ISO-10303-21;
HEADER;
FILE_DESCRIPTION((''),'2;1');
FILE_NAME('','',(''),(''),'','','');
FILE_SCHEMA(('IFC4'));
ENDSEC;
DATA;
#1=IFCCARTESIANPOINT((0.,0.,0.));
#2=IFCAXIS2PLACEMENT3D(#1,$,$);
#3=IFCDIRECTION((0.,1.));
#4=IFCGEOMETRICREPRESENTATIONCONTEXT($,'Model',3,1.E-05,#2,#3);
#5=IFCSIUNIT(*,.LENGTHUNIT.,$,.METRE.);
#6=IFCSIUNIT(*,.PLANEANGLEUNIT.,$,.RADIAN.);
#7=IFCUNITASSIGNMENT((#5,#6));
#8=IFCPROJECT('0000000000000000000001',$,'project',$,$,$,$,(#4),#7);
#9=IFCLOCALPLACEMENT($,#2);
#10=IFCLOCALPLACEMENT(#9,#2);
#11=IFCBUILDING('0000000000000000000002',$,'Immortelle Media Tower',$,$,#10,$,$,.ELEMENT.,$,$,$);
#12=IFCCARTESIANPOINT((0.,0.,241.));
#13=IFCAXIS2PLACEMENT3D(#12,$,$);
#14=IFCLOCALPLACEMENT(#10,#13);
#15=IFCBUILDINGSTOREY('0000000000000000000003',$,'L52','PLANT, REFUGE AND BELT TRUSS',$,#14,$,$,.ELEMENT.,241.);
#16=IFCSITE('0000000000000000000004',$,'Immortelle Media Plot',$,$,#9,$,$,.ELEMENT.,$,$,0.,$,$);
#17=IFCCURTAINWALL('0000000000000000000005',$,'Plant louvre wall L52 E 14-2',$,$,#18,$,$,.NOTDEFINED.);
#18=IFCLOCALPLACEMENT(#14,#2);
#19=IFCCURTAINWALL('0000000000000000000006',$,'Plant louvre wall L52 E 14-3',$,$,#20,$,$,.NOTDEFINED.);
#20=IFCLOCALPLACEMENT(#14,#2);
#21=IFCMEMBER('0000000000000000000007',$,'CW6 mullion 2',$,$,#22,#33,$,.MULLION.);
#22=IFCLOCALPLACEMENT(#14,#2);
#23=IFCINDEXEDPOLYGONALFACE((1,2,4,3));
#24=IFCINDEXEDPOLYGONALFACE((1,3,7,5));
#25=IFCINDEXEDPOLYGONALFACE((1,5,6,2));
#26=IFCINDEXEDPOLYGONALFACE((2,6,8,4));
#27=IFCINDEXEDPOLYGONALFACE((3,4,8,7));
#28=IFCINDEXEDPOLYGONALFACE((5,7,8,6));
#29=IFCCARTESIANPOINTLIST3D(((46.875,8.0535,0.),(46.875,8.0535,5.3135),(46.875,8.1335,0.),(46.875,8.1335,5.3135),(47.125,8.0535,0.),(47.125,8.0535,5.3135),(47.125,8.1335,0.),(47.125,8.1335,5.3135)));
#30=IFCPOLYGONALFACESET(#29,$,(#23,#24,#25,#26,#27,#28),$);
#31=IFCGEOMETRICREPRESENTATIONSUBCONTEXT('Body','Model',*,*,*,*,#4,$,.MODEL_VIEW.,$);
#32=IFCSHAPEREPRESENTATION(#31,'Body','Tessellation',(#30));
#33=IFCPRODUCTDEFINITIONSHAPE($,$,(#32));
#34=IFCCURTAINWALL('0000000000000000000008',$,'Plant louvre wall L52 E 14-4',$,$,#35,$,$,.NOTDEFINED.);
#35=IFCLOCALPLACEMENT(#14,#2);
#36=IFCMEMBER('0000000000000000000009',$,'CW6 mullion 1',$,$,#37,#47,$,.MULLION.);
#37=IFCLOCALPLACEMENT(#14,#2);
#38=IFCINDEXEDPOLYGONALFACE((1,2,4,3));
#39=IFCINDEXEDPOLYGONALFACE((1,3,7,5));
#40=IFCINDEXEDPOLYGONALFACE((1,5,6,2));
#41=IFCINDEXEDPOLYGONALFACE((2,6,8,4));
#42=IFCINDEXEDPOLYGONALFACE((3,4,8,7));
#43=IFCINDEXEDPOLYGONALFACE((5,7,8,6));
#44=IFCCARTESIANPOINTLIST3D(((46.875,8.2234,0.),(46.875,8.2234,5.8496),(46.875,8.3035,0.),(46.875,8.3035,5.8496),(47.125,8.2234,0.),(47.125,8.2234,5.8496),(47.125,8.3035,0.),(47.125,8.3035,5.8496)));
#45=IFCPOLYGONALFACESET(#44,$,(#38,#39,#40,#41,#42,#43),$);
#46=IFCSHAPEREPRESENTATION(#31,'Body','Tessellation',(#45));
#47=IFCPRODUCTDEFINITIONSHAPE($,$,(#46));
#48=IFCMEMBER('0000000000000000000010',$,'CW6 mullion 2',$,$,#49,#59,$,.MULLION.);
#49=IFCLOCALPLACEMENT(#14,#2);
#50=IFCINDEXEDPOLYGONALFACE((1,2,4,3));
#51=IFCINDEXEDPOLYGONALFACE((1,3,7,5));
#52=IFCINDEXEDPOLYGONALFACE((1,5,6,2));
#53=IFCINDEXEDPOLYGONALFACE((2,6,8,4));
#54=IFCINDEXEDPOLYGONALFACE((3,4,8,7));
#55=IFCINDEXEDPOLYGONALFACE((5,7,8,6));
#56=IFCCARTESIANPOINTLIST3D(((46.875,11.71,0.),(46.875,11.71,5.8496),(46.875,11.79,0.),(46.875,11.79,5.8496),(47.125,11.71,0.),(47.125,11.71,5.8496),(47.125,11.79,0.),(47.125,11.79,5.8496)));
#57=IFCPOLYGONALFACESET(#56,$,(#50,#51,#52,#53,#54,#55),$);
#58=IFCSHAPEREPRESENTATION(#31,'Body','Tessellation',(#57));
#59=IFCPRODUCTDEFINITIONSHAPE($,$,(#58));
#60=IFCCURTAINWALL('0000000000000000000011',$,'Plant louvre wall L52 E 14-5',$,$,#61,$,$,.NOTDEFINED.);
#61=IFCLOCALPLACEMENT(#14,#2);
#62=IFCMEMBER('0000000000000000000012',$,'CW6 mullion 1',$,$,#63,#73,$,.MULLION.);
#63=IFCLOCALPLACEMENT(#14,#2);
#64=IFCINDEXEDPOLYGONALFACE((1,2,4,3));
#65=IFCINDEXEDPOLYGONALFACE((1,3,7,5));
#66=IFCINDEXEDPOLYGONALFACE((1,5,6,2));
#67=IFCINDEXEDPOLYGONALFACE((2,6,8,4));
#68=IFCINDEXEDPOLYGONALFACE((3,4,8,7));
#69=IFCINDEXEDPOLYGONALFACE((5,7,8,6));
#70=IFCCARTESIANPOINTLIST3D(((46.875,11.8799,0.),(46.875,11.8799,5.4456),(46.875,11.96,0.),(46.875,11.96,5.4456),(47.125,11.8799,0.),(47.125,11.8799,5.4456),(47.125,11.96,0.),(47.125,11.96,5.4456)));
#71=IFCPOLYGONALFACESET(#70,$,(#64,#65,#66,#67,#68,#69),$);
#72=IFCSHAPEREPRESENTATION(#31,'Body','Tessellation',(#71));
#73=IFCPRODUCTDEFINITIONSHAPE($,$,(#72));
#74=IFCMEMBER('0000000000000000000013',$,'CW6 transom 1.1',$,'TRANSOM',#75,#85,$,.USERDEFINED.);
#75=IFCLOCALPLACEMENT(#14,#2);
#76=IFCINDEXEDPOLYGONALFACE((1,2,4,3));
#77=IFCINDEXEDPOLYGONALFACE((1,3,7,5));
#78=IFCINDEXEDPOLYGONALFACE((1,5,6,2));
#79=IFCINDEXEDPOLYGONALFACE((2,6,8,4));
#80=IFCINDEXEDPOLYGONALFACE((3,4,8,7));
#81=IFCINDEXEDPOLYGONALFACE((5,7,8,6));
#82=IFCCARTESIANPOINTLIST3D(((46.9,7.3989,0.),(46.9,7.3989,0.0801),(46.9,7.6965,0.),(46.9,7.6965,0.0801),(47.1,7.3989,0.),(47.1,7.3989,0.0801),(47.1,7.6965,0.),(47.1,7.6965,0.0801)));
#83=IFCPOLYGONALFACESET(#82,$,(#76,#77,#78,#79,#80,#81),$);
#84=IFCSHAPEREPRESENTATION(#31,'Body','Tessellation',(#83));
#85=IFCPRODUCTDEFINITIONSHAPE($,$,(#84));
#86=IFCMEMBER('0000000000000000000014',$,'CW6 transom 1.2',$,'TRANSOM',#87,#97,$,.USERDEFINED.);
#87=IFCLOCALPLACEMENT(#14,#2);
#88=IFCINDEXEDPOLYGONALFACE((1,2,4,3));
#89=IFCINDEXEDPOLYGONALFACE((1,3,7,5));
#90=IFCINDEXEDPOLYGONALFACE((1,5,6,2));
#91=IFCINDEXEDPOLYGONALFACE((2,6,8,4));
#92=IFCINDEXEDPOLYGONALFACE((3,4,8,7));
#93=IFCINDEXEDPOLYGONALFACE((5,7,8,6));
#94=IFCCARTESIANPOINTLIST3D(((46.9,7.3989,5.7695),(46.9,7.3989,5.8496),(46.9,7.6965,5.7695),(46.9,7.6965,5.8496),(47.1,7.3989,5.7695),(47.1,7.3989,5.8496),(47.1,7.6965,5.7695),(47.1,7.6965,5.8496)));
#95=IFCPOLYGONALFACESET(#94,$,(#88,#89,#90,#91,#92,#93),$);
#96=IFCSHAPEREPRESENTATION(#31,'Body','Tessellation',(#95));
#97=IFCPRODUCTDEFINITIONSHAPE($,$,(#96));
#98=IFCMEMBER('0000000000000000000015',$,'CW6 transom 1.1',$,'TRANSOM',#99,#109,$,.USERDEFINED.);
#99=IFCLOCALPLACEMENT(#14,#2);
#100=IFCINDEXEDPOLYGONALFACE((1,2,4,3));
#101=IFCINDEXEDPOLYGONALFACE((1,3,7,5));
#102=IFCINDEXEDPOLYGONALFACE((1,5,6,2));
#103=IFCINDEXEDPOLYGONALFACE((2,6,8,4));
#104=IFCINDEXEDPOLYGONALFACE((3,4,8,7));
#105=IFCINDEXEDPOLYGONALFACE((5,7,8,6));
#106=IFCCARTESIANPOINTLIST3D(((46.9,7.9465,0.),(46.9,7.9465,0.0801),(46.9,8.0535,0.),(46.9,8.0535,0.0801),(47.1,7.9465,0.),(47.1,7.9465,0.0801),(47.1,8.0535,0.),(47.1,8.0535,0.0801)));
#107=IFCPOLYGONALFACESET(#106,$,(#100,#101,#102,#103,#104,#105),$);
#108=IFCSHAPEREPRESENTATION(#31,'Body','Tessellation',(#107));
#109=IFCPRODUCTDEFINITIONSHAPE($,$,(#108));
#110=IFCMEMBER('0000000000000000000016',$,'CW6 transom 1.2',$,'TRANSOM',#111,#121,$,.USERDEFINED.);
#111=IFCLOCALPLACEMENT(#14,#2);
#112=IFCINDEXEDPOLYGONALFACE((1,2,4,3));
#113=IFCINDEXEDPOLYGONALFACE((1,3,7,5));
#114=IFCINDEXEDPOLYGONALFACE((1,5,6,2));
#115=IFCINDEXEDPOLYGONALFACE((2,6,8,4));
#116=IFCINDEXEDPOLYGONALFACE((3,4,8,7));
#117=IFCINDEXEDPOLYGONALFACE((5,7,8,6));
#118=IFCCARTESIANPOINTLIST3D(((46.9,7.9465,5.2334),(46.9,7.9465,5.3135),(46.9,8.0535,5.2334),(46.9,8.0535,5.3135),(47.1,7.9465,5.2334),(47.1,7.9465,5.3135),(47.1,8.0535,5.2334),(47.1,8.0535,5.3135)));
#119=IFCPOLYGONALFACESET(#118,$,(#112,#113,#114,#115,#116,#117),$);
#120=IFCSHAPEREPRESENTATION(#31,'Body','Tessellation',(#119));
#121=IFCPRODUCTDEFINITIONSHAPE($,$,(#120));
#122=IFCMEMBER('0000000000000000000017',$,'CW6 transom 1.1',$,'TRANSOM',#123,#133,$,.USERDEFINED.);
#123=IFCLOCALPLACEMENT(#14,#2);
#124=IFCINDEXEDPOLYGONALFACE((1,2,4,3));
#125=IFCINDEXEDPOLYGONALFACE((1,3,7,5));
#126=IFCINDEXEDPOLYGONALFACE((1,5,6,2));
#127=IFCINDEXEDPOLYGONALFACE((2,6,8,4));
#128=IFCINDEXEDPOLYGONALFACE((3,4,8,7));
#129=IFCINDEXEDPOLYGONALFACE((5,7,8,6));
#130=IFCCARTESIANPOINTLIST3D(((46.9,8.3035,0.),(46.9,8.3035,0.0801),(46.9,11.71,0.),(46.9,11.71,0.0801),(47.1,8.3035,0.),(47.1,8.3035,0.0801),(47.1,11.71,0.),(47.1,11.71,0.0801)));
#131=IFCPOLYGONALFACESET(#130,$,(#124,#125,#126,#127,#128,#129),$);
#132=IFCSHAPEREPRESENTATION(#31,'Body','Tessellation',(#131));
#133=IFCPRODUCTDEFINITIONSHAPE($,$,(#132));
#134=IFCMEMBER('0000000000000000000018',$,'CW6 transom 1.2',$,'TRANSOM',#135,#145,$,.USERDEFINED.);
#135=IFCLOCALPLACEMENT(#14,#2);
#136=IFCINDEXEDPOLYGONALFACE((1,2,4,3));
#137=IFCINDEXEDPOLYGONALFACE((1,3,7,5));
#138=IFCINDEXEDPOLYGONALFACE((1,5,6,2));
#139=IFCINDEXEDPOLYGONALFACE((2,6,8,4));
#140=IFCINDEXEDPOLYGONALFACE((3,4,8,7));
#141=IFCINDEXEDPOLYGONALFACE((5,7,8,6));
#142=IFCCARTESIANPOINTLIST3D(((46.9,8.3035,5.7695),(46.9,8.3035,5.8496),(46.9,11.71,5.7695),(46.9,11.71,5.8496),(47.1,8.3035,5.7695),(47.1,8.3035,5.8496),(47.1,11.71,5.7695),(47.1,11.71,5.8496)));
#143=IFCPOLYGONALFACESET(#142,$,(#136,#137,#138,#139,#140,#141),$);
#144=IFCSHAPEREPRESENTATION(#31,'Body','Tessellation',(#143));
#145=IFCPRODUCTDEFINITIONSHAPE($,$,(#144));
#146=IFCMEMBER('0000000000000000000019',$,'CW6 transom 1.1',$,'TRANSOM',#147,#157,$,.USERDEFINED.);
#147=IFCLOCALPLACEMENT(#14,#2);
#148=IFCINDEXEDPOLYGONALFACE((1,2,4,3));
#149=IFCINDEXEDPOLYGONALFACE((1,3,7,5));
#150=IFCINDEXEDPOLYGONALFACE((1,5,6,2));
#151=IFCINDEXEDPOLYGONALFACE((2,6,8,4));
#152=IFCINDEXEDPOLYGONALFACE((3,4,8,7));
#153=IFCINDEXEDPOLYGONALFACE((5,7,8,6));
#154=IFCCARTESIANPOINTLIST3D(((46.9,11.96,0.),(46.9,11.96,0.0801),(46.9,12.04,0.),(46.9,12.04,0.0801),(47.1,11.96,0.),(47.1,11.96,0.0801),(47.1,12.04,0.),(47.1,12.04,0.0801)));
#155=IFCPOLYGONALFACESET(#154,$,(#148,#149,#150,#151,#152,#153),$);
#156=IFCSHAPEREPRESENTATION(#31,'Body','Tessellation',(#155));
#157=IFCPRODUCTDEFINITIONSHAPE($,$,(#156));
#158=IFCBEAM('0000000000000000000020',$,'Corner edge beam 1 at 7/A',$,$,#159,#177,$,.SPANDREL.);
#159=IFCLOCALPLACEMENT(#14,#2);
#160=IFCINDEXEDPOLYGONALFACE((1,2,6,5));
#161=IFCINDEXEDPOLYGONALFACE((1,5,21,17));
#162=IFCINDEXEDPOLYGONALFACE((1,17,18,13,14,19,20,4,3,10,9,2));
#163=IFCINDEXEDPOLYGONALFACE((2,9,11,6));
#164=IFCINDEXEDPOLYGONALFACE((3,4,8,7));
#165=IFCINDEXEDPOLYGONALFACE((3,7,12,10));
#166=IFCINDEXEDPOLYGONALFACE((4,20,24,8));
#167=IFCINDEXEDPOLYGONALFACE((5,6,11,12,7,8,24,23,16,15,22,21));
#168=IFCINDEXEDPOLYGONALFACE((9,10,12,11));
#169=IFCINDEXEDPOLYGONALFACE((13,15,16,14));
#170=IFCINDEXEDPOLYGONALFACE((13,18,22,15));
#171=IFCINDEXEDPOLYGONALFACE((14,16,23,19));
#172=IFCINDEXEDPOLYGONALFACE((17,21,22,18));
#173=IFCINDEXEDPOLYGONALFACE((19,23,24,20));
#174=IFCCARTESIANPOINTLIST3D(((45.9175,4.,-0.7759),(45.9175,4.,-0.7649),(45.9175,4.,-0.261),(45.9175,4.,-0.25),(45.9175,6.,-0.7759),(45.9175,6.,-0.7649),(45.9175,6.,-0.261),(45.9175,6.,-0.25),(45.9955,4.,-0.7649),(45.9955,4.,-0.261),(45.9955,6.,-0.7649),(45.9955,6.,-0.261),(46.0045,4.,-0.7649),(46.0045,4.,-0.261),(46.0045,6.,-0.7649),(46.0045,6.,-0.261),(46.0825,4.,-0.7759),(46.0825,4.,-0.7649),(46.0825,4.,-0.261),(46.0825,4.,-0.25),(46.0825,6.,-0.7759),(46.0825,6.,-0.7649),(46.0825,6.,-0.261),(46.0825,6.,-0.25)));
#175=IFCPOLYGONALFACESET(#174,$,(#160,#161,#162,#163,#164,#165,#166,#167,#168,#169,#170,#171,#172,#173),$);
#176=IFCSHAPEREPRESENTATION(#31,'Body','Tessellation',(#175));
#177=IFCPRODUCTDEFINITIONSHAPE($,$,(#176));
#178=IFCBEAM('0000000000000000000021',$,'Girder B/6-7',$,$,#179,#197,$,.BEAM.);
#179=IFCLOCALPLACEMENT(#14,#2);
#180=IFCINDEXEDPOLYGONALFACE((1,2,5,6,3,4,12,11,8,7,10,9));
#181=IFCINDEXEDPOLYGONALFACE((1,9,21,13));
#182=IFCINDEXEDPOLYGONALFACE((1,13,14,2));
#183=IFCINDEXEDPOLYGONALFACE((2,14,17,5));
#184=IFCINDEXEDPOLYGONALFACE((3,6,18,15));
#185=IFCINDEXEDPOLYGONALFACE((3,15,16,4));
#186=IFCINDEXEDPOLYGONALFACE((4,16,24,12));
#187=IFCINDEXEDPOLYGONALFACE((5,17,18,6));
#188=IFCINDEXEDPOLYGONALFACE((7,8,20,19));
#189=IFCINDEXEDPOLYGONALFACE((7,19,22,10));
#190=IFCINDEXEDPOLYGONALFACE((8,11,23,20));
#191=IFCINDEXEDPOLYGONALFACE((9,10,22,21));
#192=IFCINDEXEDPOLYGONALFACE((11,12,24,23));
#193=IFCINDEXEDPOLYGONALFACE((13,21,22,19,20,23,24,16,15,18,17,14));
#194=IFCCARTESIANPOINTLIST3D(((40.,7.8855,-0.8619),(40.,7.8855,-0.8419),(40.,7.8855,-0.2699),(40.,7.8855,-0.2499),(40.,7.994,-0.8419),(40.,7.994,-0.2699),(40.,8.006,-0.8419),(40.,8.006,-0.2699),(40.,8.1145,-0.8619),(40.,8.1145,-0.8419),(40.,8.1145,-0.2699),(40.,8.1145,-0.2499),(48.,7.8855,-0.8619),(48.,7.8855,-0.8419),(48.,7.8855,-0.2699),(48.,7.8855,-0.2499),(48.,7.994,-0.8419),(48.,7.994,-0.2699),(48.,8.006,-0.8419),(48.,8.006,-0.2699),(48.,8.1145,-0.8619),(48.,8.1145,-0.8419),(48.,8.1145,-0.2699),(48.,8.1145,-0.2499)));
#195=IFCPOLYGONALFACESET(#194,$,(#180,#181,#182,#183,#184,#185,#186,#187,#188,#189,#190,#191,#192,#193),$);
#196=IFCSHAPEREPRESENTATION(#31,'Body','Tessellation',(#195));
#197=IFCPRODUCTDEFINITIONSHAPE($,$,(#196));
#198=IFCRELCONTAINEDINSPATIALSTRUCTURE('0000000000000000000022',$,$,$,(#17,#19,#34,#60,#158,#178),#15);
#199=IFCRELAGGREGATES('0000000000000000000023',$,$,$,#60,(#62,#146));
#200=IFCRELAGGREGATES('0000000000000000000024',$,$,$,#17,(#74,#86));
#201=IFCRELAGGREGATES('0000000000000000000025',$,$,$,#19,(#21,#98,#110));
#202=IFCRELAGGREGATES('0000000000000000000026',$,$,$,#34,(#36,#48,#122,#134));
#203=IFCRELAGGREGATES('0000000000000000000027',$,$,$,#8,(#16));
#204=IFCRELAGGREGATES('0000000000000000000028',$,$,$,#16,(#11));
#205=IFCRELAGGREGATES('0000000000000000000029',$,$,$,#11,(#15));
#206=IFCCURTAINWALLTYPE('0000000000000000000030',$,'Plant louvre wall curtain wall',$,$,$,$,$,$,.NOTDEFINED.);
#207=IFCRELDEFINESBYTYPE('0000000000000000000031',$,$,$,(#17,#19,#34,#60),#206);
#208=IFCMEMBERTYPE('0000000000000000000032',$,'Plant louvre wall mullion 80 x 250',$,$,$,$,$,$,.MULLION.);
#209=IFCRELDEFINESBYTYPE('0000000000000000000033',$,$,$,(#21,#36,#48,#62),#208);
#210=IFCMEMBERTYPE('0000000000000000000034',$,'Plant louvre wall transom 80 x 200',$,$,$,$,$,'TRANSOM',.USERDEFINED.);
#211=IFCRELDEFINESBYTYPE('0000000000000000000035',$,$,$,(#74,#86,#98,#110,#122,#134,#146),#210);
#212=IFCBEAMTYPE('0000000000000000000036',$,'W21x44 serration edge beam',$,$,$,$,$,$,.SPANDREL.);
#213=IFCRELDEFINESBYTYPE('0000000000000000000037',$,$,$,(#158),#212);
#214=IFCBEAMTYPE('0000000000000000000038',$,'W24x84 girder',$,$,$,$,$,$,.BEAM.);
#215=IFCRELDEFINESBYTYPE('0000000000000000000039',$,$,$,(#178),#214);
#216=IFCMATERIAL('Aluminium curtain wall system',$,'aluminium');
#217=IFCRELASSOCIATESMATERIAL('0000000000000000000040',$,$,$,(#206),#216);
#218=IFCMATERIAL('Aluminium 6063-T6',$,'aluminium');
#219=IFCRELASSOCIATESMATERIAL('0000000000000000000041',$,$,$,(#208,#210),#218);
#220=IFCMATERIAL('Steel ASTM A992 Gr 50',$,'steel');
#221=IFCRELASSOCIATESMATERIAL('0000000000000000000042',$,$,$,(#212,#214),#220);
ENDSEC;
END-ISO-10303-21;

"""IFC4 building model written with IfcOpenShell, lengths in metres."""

from ifc_helpers import new_model, si_unit, direction, frame, origin, origin_2d, place, context, subcontext, project, spatial, rectangle, i_section, extrude, material, material_profile, profile_set, type_object, element, aggregate, save


model = new_model("IFC4")

# Units and contexts
model_context = context("Model", 3, precision=1e-05, world=origin(), true_north=direction((0.0, 1.0)))
body_context = subcontext(model_context, "Body", "Model", "MODEL_VIEW")
ifc_project = project(units=[si_unit("LENGTHUNIT", "METRE"), si_unit("PLANEANGLEUNIT", "RADIAN")], contexts=[model_context])

# Site, building, storey
site_placement = place(None, origin())
site = spatial("IfcSite", under=ifc_project, at=site_placement, Name="Immortelle Media Plot", CompositionType="ELEMENT", RefElevation=0.0)
building_placement = place(site_placement, origin())
building = spatial("IfcBuilding", under=site, at=building_placement, Name="Immortelle Media Tower", CompositionType="ELEMENT")
storey_placement = place(building_placement, frame((0.0, 0.0, 241.0)))
storey = spatial("IfcBuildingStorey", under=building, at=storey_placement, Name="L52", Description="PLANT, REFUGE AND BELT TRUSS", CompositionType="ELEMENT", Elevation=241.0)

# Shared definitions
ifc_material_1 = material(Name="Steel ASTM A992 Gr 50", Category="steel")

# Curtain walls, members
ifc_material_2 = material(Name="Aluminium curtain wall system", Category="aluminium")
curtain_wall_type = type_object("IfcCurtainWallType", Name="Plant louvre wall curtain wall", PredefinedType="NOTDEFINED", material=ifc_material_2)
curtain_wall_1_placement = place(storey_placement, origin())
curtain_wall_1 = element("IfcCurtainWall", 1, at=curtain_wall_1_placement, inside=storey, type_object=curtain_wall_type, Name="Plant louvre wall L52 E 14-2", PredefinedType="NOTDEFINED")
ifc_material_3 = material(Name="Aluminium 6063-T6", Category="aluminium")
ifc_material_profile_1 = material_profile(ifc_material_3, rectangle(XDim=0.25, YDim=0.0801, at=origin_2d()), Name="AL 80x250")
ifc_profile_set_1 = profile_set([ifc_material_profile_1], Name="Aluminium 6063-T6")
member_type_1 = type_object("IfcMemberType", Name="Plant louvre wall mullion 80 x 250", PredefinedType="MULLION", material=ifc_profile_set_1)
curtain_wall_2_placement = place(storey_placement, origin())
curtain_wall_2 = element("IfcCurtainWall", 2, at=curtain_wall_2_placement, inside=storey, type_object=curtain_wall_type, Name="Plant louvre wall L52 E 14-3", PredefinedType="NOTDEFINED")
member_1_placement = place(storey_placement, frame((47.0, 8.0935, 0.0), z_axis=(0.0, 0.0, 1.0), x_axis=(-1.0, 0.0, 0.0)))
member_1 = element("IfcMember", 3, at=member_1_placement, type_object=member_type_1, Name="CW6 mullion 2", PredefinedType="MULLION", context=body_context, shape_type="SweptSolid", body=[
    extrude(rectangle(XDim=0.25, YDim=0.0801, at=origin_2d()), origin(), (0.0, 0.0, 1.0), 5.3135),
])
curtain_wall_3_placement = place(storey_placement, origin())
curtain_wall_3 = element("IfcCurtainWall", 4, at=curtain_wall_3_placement, inside=storey, type_object=curtain_wall_type, Name="Plant louvre wall L52 E 14-4", PredefinedType="NOTDEFINED")
member_2_placement = place(storey_placement, frame((47.0, 8.2634, 0.0), z_axis=(0.0, 0.0, 1.0), x_axis=(-1.0, 0.0, 0.0)))
member_2 = element("IfcMember", 5, at=member_2_placement, type_object=member_type_1, Name="CW6 mullion 1", PredefinedType="MULLION", context=body_context, shape_type="SweptSolid", body=[
    extrude(rectangle(XDim=0.25, YDim=0.0801, at=origin_2d()), origin(), (0.0, 0.0, 1.0), 5.8496),
])
member_3_placement = place(storey_placement, frame((47.0, 11.75, 0.0), z_axis=(0.0, 0.0, 1.0), x_axis=(-1.0, 0.0, 0.0)))
member_3 = element("IfcMember", 6, at=member_3_placement, type_object=member_type_1, Name="CW6 mullion 2", PredefinedType="MULLION", context=body_context, shape_type="SweptSolid", body=[
    extrude(rectangle(XDim=0.25, YDim=0.0801, at=origin_2d()), origin(), (0.0, 0.0, 1.0), 5.8496),
])

# Curtain wall, member
curtain_wall_4_placement = place(storey_placement, origin())
curtain_wall_4 = element("IfcCurtainWall", 7, at=curtain_wall_4_placement, inside=storey, type_object=curtain_wall_type, Name="Plant louvre wall L52 E 14-5", PredefinedType="NOTDEFINED")
member_4_placement = place(storey_placement, frame((47.0, 11.9199, 0.0), z_axis=(0.0, 0.0, 1.0), x_axis=(-1.0, 0.0, 0.0)))
member_4 = element("IfcMember", 8, at=member_4_placement, type_object=member_type_1, Name="CW6 mullion 1", PredefinedType="MULLION", context=body_context, shape_type="SweptSolid", body=[
    extrude(rectangle(XDim=0.25, YDim=0.0801, at=origin_2d()), origin(), (0.0, 0.0, 1.0), 5.4456),
])

# Members
ifc_material_profile_2 = material_profile(ifc_material_3, rectangle(XDim=0.2, YDim=0.0801, at=origin_2d()), Name="AL 80x200")
ifc_profile_set_2 = profile_set([ifc_material_profile_2], Name="Aluminium 6063-T6")
member_type_2 = type_object("IfcMemberType", Name="Plant louvre wall transom 80 x 200", ElementType="TRANSOM", PredefinedType="USERDEFINED", material=ifc_profile_set_2)
member_5_placement = place(storey_placement, frame((47.0, 7.3989, 0.04), z_axis=(0.0, 1.0, 0.0), x_axis=(-1.0, 0.0, 0.0)))
member_5 = element("IfcMember", 9, at=member_5_placement, type_object=member_type_2, Name="CW6 transom 1.1", ObjectType="TRANSOM", PredefinedType="USERDEFINED", context=body_context, shape_type="SweptSolid", body=[
    extrude(rectangle(XDim=0.2, YDim=0.0801, at=origin_2d()), origin(), (0.0, 0.0, 1.0), 0.2976),
])
member_6_placement = place(storey_placement, frame((47.0, 7.3989, 5.8096), z_axis=(0.0, 1.0, 0.0), x_axis=(-1.0, 0.0, 0.0)))
member_6 = element("IfcMember", 10, at=member_6_placement, type_object=member_type_2, Name="CW6 transom 1.2", ObjectType="TRANSOM", PredefinedType="USERDEFINED", context=body_context, shape_type="SweptSolid", body=[
    extrude(rectangle(XDim=0.2, YDim=0.0801, at=origin_2d()), origin(), (0.0, 0.0, 1.0), 0.2976),
])
member_7_placement = place(storey_placement, frame((47.0, 7.9465, 0.04), z_axis=(0.0, 1.0, 0.0), x_axis=(-1.0, 0.0, 0.0)))
member_7 = element("IfcMember", 11, at=member_7_placement, type_object=member_type_2, Name="CW6 transom 1.1", ObjectType="TRANSOM", PredefinedType="USERDEFINED", context=body_context, shape_type="SweptSolid", body=[
    extrude(rectangle(XDim=0.2, YDim=0.0801, at=origin_2d()), origin(), (0.0, 0.0, 1.0), 0.1069),
])
member_8_placement = place(storey_placement, frame((47.0, 7.9465, 5.2734), z_axis=(0.0, 1.0, 0.0), x_axis=(-1.0, 0.0, 0.0)))
member_8 = element("IfcMember", 12, at=member_8_placement, type_object=member_type_2, Name="CW6 transom 1.2", ObjectType="TRANSOM", PredefinedType="USERDEFINED", context=body_context, shape_type="SweptSolid", body=[
    extrude(rectangle(XDim=0.2, YDim=0.0801, at=origin_2d()), origin(), (0.0, 0.0, 1.0), 0.1069),
])
member_9_placement = place(storey_placement, frame((47.0, 8.3035, 0.04), z_axis=(0.0, 1.0, 0.0), x_axis=(-1.0, 0.0, 0.0)))
member_9 = element("IfcMember", 13, at=member_9_placement, type_object=member_type_2, Name="CW6 transom 1.1", ObjectType="TRANSOM", PredefinedType="USERDEFINED", context=body_context, shape_type="SweptSolid", body=[
    extrude(rectangle(XDim=0.2, YDim=0.0801, at=origin_2d()), origin(), (0.0, 0.0, 1.0), 3.4065),
])
member_10_placement = place(storey_placement, frame((47.0, 8.3035, 5.8096), z_axis=(0.0, 1.0, 0.0), x_axis=(-1.0, 0.0, 0.0)))
member_10 = element("IfcMember", 14, at=member_10_placement, type_object=member_type_2, Name="CW6 transom 1.2", ObjectType="TRANSOM", PredefinedType="USERDEFINED", context=body_context, shape_type="SweptSolid", body=[
    extrude(rectangle(XDim=0.2, YDim=0.0801, at=origin_2d()), origin(), (0.0, 0.0, 1.0), 3.4065),
])
member_11_placement = place(storey_placement, frame((47.0, 11.96, 0.04), z_axis=(0.0, 1.0, 0.0), x_axis=(-1.0, 0.0, 0.0)))
member_11 = element("IfcMember", 15, at=member_11_placement, type_object=member_type_2, Name="CW6 transom 1.1", ObjectType="TRANSOM", PredefinedType="USERDEFINED", context=body_context, shape_type="SweptSolid", body=[
    extrude(rectangle(XDim=0.2, YDim=0.0801, at=origin_2d()), origin(), (0.0, 0.0, 1.0), 0.0801),
])
aggregate(curtain_wall_4, [member_4, member_11])

# Beams
ifc_material_profile_3 = material_profile(ifc_material_1, i_section(OverallWidth=0.165, OverallDepth=0.5259, WebThickness=0.009, FlangeThickness=0.011, at=origin_2d()), Name="W21x44")
ifc_profile_set_3 = profile_set([ifc_material_profile_3], Name="Steel ASTM A992 Gr 50")
beam_type_1 = type_object("IfcBeamType", Name="W21x44 serration edge beam", PredefinedType="SPANDREL", material=ifc_profile_set_3)
beam_1_placement = place(storey_placement, frame((46.0, 6.0, -0.5129), z_axis=(0.0, -1.0, 0.0), x_axis=(1.0, 0.0, 0.0)))
element("IfcBeam", 16, at=beam_1_placement, inside=storey, type_object=beam_type_1, Name="Corner edge beam 1 at 7/A", PredefinedType="SPANDREL", context=body_context, shape_type="SweptSolid", body=[
    extrude(i_section(OverallWidth=0.165, OverallDepth=0.5259, WebThickness=0.009, FlangeThickness=0.011, at=origin_2d()), origin(), (0.0, 0.0, 1.0), 2.0),
])
ifc_material_profile_4 = material_profile(ifc_material_1, i_section(OverallWidth=0.229, OverallDepth=0.6121, WebThickness=0.012, FlangeThickness=0.02, at=origin_2d()), Name="W24x84")
ifc_profile_set_4 = profile_set([ifc_material_profile_4], Name="Steel ASTM A992 Gr 50")
beam_type_2 = type_object("IfcBeamType", Name="W24x84 girder", PredefinedType="BEAM", material=ifc_profile_set_4)
for number, where, z_axis, x_axis, name in (
    (17, (40.0, 8.0, -0.5559), (1.0, 0.0, 0.0), (0.0, 1.0, 0.0), "Girder B/6-7"),
):
    element("IfcBeam", number, at=place(storey_placement, frame(where, z_axis=z_axis, x_axis=x_axis)), inside=storey, type_object=beam_type_2, Name=name, PredefinedType="BEAM", context=body_context, shape_type="SweptSolid", body=[
        extrude(i_section(OverallWidth=0.229, OverallDepth=0.6121, WebThickness=0.012, FlangeThickness=0.02, at=origin_2d()), origin(), (0.0, 0.0, 1.0), 8.0),
    ])

aggregate(curtain_wall_1, [member_5, member_6])
aggregate(curtain_wall_2, [member_1, member_7, member_8])
aggregate(curtain_wall_3, [member_2, member_3, member_9, member_10])

save(model, "model.ifc")
